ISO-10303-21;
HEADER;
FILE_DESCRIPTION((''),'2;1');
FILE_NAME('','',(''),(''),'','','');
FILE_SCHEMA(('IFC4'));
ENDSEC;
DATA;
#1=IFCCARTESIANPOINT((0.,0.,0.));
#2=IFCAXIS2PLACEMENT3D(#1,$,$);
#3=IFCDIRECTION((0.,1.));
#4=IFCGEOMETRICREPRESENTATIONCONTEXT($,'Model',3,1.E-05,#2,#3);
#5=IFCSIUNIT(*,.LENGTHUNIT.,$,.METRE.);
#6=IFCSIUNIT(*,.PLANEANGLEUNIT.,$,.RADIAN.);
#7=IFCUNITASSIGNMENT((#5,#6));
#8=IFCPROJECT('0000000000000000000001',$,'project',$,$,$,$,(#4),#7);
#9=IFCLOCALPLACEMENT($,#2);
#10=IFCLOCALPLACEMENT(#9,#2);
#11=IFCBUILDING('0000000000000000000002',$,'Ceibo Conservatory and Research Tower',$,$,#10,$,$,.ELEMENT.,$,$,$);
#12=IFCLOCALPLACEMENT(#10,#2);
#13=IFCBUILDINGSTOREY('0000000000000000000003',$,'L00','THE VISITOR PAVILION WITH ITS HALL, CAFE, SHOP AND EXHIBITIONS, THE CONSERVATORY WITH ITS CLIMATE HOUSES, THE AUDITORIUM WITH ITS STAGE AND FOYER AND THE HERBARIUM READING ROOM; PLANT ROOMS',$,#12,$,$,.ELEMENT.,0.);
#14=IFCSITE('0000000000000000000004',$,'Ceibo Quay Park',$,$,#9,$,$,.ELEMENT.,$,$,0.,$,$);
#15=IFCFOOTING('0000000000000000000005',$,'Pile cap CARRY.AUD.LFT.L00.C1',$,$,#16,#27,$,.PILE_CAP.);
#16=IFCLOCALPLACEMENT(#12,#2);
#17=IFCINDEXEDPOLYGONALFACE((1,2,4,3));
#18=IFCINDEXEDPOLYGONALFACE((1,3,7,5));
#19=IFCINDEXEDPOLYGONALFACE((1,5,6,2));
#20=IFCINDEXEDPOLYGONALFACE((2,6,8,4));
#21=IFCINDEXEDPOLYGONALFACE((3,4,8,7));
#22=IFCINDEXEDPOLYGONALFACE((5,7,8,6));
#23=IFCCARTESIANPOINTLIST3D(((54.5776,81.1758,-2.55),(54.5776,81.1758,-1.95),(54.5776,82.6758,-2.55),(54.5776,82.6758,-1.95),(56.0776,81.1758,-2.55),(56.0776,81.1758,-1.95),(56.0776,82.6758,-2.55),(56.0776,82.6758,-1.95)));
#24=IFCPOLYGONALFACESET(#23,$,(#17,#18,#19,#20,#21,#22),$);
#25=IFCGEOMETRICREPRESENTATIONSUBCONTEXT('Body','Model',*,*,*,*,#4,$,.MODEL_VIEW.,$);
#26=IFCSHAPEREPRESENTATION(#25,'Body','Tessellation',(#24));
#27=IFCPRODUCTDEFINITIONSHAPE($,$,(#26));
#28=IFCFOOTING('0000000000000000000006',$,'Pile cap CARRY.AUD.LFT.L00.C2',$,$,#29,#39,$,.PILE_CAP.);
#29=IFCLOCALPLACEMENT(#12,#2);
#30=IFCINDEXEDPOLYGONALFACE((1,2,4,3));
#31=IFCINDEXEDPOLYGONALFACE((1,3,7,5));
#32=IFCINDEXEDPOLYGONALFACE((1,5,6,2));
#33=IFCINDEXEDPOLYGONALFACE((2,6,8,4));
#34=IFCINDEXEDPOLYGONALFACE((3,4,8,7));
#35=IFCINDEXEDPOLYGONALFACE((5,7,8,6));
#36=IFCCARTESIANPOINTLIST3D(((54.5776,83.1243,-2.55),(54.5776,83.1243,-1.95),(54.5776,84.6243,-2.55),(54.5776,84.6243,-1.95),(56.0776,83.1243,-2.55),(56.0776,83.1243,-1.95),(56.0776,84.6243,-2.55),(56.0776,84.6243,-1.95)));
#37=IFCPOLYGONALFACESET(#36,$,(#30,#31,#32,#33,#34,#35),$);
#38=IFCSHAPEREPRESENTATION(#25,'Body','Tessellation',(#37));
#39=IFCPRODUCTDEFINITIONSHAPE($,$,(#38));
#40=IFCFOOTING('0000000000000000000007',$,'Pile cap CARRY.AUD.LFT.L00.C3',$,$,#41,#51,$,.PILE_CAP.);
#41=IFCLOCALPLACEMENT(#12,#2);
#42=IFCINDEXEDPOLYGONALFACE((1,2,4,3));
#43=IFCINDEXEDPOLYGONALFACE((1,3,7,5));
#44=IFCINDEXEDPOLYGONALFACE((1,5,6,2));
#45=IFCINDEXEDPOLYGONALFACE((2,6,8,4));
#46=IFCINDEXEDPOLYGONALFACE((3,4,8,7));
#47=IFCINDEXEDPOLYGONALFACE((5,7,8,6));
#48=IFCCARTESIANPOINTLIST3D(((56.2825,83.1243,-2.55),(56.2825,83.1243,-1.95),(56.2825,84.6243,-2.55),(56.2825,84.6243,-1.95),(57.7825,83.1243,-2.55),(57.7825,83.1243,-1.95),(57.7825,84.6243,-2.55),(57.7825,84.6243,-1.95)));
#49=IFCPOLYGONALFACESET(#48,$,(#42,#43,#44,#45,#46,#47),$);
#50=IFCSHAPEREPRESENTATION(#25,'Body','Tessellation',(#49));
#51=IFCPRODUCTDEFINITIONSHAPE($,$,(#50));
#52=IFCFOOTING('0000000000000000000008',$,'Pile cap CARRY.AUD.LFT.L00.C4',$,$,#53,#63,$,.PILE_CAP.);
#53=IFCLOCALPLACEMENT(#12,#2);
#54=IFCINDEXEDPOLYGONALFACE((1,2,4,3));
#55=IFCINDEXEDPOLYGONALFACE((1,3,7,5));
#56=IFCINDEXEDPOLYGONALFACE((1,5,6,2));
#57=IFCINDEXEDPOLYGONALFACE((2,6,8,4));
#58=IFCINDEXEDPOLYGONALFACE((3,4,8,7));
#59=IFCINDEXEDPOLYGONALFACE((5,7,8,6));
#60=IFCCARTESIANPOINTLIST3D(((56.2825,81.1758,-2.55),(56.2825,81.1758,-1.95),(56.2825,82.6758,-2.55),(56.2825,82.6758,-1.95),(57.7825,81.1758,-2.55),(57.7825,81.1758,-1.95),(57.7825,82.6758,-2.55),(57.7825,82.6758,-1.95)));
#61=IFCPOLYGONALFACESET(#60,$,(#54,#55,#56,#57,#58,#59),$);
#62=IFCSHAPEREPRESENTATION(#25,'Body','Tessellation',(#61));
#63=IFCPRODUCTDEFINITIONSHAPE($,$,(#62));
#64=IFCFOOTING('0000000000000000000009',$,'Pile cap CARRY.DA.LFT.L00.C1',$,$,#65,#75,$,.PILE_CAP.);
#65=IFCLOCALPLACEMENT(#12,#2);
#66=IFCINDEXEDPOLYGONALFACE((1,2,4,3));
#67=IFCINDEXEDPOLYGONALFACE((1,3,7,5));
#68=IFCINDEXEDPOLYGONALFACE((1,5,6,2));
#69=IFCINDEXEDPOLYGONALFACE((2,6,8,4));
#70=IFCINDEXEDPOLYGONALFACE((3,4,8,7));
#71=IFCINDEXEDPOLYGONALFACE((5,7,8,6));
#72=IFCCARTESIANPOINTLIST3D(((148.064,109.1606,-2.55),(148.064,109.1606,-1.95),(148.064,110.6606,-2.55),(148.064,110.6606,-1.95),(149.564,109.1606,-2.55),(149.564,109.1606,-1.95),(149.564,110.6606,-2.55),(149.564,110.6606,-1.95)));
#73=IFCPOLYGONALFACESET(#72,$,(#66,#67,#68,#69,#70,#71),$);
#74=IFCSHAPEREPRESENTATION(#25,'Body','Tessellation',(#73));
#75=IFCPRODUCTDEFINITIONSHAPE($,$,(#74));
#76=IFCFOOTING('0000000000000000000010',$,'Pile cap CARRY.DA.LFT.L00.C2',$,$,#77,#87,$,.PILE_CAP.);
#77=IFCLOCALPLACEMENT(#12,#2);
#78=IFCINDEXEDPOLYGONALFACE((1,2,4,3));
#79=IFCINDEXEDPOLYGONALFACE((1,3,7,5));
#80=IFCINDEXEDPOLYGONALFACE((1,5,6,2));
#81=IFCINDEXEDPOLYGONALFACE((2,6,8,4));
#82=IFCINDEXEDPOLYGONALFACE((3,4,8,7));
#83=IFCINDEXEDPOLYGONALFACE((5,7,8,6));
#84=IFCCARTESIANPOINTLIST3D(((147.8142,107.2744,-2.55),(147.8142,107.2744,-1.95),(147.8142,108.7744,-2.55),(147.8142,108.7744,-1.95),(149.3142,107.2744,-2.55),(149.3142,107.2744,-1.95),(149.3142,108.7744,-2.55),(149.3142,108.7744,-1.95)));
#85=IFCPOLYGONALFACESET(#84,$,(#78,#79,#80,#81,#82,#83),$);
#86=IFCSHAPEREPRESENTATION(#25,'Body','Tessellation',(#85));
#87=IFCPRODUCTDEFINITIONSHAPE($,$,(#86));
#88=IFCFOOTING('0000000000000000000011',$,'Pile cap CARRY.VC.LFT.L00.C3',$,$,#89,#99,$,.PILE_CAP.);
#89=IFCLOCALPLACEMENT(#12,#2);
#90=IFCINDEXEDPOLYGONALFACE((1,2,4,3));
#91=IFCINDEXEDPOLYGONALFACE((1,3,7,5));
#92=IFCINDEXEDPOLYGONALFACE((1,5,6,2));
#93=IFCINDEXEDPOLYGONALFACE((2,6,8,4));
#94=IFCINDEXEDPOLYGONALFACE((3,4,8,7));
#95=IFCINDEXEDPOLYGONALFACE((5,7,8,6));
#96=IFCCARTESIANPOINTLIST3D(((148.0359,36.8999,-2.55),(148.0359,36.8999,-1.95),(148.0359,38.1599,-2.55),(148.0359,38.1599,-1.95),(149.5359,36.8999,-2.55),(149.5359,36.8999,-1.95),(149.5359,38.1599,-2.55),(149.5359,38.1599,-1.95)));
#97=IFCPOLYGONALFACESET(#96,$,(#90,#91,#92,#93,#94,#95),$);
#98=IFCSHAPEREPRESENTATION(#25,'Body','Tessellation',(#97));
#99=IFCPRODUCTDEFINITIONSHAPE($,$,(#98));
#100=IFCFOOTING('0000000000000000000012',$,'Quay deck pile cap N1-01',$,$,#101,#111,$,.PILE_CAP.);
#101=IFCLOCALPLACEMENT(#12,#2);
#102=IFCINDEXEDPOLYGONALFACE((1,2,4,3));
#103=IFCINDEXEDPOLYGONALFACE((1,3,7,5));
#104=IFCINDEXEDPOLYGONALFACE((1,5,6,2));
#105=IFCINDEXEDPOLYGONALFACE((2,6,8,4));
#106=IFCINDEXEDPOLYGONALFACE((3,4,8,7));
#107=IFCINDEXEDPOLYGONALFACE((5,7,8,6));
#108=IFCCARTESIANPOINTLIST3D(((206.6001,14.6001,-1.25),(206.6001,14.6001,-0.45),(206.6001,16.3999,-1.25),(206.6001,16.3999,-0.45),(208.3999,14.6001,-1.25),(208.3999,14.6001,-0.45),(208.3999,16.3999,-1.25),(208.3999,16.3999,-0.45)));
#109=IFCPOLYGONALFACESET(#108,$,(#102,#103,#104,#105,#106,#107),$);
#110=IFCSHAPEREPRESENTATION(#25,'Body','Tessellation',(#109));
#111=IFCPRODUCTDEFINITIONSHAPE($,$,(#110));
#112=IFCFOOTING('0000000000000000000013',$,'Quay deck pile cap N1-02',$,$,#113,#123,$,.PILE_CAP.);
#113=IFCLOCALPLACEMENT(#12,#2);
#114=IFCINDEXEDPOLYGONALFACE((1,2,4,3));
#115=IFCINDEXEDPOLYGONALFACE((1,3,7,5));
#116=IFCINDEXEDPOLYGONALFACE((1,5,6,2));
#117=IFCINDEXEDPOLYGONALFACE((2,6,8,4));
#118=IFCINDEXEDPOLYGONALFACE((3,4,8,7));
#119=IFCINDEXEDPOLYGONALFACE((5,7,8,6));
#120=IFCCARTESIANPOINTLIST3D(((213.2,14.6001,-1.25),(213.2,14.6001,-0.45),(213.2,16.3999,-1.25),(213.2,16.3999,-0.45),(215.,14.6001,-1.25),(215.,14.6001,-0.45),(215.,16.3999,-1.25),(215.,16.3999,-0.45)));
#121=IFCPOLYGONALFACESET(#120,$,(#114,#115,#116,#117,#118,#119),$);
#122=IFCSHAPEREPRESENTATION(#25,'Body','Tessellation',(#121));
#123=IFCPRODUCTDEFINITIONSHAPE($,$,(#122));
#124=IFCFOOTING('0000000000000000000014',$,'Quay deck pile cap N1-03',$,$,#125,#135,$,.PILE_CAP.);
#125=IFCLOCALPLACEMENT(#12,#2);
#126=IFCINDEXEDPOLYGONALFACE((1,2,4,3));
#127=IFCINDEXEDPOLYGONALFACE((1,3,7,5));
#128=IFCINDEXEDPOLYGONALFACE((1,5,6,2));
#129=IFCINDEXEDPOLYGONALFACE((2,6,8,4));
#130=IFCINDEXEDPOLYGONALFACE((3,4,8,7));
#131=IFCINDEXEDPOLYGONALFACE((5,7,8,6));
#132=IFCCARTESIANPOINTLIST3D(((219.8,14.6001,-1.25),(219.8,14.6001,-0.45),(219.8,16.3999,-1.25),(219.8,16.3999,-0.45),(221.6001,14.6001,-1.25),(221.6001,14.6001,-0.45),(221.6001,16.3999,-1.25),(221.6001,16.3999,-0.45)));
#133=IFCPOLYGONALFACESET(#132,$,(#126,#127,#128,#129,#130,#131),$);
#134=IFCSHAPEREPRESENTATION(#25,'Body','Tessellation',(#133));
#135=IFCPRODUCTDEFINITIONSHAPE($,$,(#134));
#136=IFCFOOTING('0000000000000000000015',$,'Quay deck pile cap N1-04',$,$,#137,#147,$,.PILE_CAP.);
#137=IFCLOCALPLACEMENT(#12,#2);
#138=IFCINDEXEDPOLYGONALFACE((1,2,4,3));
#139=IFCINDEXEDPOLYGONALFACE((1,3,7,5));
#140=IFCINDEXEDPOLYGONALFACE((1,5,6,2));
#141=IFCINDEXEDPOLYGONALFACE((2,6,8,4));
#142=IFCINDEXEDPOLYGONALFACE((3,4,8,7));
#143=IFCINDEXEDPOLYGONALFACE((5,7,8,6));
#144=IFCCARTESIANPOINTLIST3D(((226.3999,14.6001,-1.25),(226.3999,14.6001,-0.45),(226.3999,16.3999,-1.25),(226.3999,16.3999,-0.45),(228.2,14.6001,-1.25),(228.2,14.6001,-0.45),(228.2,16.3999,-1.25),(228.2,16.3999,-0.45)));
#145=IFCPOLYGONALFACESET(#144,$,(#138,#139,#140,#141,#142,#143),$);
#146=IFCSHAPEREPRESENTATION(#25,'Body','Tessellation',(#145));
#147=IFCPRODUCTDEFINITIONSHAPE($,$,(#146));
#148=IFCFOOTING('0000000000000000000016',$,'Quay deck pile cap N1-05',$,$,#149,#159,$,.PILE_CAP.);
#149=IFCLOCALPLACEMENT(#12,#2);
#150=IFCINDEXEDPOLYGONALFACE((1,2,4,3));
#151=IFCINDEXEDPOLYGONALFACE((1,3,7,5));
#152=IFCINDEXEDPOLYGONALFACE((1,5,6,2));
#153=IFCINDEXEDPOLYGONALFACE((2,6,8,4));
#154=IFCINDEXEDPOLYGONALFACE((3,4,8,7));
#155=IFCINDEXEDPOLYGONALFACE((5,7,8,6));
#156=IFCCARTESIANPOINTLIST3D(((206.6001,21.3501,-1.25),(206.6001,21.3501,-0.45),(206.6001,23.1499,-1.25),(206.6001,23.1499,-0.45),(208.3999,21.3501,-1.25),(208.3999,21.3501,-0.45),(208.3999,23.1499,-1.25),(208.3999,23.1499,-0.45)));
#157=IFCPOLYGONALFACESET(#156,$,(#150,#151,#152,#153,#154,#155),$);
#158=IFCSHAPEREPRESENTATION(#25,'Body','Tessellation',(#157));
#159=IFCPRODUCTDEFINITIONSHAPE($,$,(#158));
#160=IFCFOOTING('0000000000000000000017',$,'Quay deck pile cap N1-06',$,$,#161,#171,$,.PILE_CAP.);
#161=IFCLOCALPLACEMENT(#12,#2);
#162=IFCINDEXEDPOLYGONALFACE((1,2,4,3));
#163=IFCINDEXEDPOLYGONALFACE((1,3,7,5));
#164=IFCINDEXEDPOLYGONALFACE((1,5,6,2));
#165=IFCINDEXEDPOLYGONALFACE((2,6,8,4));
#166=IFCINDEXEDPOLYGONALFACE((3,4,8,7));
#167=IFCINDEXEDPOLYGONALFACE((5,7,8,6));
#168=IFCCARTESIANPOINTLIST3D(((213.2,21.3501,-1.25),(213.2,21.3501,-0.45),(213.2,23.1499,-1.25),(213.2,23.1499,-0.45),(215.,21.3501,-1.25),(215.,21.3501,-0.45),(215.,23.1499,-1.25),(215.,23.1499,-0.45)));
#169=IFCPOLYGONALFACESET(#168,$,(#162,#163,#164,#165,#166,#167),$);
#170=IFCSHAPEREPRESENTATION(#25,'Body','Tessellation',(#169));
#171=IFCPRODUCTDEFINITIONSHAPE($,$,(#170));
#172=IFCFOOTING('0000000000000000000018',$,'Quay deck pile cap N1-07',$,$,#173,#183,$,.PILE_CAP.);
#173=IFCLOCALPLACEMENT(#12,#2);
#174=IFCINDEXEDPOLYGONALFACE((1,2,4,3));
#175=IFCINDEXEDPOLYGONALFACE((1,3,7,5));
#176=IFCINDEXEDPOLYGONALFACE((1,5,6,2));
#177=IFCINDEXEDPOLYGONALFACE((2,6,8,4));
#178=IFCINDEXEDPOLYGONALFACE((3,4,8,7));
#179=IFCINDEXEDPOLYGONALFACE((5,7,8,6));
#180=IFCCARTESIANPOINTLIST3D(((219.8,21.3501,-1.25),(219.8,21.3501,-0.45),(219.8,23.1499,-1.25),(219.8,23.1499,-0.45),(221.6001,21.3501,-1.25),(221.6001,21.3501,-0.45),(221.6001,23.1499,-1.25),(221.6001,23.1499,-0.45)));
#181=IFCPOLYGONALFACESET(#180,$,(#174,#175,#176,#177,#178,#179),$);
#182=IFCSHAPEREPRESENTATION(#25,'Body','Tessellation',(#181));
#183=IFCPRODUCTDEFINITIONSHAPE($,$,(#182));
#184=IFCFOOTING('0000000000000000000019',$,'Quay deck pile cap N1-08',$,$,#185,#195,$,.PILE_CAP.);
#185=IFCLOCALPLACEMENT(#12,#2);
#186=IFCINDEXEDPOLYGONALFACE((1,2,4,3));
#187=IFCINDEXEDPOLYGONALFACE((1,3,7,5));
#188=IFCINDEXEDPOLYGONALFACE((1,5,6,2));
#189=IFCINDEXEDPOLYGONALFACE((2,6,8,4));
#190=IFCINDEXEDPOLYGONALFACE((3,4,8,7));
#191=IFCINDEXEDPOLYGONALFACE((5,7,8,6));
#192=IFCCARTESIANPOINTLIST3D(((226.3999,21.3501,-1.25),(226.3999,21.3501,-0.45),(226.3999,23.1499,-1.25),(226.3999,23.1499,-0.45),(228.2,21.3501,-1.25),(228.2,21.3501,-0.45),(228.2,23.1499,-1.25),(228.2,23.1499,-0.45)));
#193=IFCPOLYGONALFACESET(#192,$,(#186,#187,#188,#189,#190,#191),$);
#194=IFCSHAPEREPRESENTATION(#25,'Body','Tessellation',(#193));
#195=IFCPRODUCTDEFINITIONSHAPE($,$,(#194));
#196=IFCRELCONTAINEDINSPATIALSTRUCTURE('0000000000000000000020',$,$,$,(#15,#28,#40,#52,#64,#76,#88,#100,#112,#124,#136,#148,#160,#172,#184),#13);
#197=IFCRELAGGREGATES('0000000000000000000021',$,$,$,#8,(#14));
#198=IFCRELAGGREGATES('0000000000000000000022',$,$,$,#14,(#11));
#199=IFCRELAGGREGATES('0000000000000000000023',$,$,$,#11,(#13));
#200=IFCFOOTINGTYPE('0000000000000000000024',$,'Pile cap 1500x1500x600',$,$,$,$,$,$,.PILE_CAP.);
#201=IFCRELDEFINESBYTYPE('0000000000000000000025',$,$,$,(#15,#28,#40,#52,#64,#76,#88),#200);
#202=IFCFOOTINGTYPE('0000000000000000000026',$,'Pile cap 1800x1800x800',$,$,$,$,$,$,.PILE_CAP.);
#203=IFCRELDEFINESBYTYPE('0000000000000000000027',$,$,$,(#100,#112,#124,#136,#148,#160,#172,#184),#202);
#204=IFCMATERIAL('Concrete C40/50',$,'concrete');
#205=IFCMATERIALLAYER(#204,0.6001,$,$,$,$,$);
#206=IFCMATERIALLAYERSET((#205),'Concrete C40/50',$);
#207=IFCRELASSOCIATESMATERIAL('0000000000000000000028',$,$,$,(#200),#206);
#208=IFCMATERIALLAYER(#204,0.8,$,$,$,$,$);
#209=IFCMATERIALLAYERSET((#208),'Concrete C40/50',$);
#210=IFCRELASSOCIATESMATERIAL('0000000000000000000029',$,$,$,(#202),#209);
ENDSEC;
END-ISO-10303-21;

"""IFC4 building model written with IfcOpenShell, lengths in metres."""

from ifc_helpers import new_model, si_unit, direction, frame, origin, place, context, subcontext, project, spatial, polyline, outline, extrude, material, layer, layer_set, type_object, element, save


model = new_model("IFC4")

# Units and contexts
model_context = context("Model", 3, precision=1e-05, world=origin(), true_north=direction((0.0, 1.0)))
body_context = subcontext(model_context, "Body", "Model", "MODEL_VIEW")
ifc_project = project(units=[si_unit("LENGTHUNIT", "METRE"), si_unit("PLANEANGLEUNIT", "RADIAN")], contexts=[model_context])

# Site, building, storey
site_placement = place(None, origin())
site = spatial("IfcSite", under=ifc_project, at=site_placement, Name="Ceibo Quay Park", CompositionType="ELEMENT", RefElevation=0.0)
building_placement = place(site_placement, origin())
building = spatial("IfcBuilding", under=site, at=building_placement, Name="Ceibo Conservatory and Research Tower", CompositionType="ELEMENT")
storey_placement = place(building_placement, origin())
storey = spatial("IfcBuildingStorey", under=building, at=storey_placement, Name="L00", Description="THE VISITOR PAVILION WITH ITS HALL, CAFE, SHOP AND EXHIBITIONS, THE CONSERVATORY WITH ITS CLIMATE HOUSES, THE AUDITORIUM WITH ITS STAGE AND FOYER AND THE HERBARIUM READING ROOM; PLANT ROOMS", CompositionType="ELEMENT", Elevation=0.0)

# Footings
ifc_material = material(Name="Concrete C40/50", Category="concrete")
ifc_layer_1 = layer(ifc_material, 0.6001)
ifc_layer_set_1 = layer_set([ifc_layer_1], Name="Concrete C40/50")
footing_type_1 = type_object("IfcFootingType", Name="Pile cap 1500x1500x600", PredefinedType="PILE_CAP", material=ifc_layer_set_1)
footing_1_placement = place(storey_placement, frame((0.0, 0.0, -2.55)))
element("IfcFooting", 1, at=footing_1_placement, inside=storey, type_object=footing_type_1, Name="Pile cap CARRY.AUD.LFT.L00.C1", PredefinedType="PILE_CAP", context=body_context, shape_type="SweptSolid", body=[
    extrude(outline(polyline([(56.0776, 81.1758), (56.0776, 82.6758), (54.5776, 82.6758), (54.5776, 81.1758), (56.0776, 81.1758)])), origin(), (0.0, 0.0, 1.0), 0.6001),
])
footing_2_placement = place(storey_placement, frame((0.0, 0.0, -2.55)))
element("IfcFooting", 2, at=footing_2_placement, inside=storey, type_object=footing_type_1, Name="Pile cap CARRY.AUD.LFT.L00.C2", PredefinedType="PILE_CAP", context=body_context, shape_type="SweptSolid", body=[
    extrude(outline(polyline([(56.0776, 83.1243), (56.0776, 84.6243), (54.5776, 84.6243), (54.5776, 83.1243), (56.0776, 83.1243)])), origin(), (0.0, 0.0, 1.0), 0.6001),
])
footing_3_placement = place(storey_placement, frame((0.0, 0.0, -2.55)))
element("IfcFooting", 3, at=footing_3_placement, inside=storey, type_object=footing_type_1, Name="Pile cap CARRY.AUD.LFT.L00.C3", PredefinedType="PILE_CAP", context=body_context, shape_type="SweptSolid", body=[
    extrude(outline(polyline([(57.7825, 83.1243), (57.7825, 84.6243), (56.2825, 84.6243), (56.2825, 83.1243), (57.7825, 83.1243)])), origin(), (0.0, 0.0, 1.0), 0.6001),
])
footing_4_placement = place(storey_placement, frame((0.0, 0.0, -2.55)))
element("IfcFooting", 4, at=footing_4_placement, inside=storey, type_object=footing_type_1, Name="Pile cap CARRY.AUD.LFT.L00.C4", PredefinedType="PILE_CAP", context=body_context, shape_type="SweptSolid", body=[
    extrude(outline(polyline([(57.7825, 81.1758), (57.7825, 82.6758), (56.2825, 82.6758), (56.2825, 81.1758), (57.7825, 81.1758)])), origin(), (0.0, 0.0, 1.0), 0.6001),
])
footing_5_placement = place(storey_placement, frame((0.0, 0.0, -2.55)))
element("IfcFooting", 5, at=footing_5_placement, inside=storey, type_object=footing_type_1, Name="Pile cap CARRY.DA.LFT.L00.C1", PredefinedType="PILE_CAP", context=body_context, shape_type="SweptSolid", body=[
    extrude(outline(polyline([(149.564, 109.1606), (149.564, 110.6606), (148.064, 110.6606), (148.064, 109.1606), (149.564, 109.1606)])), origin(), (0.0, 0.0, 1.0), 0.6001),
])
footing_6_placement = place(storey_placement, frame((0.0, 0.0, -2.55)))
element("IfcFooting", 6, at=footing_6_placement, inside=storey, type_object=footing_type_1, Name="Pile cap CARRY.DA.LFT.L00.C2", PredefinedType="PILE_CAP", context=body_context, shape_type="SweptSolid", body=[
    extrude(outline(polyline([(149.3142, 107.2744), (149.3142, 108.7744), (147.8142, 108.7744), (147.8142, 107.2744), (149.3142, 107.2744)])), origin(), (0.0, 0.0, 1.0), 0.6001),
])
footing_7_placement = place(storey_placement, frame((0.0, 0.0, -2.55)))
element("IfcFooting", 7, at=footing_7_placement, inside=storey, type_object=footing_type_1, Name="Pile cap CARRY.VC.LFT.L00.C3", PredefinedType="PILE_CAP", context=body_context, shape_type="SweptSolid", body=[
    extrude(outline(polyline([(148.0359, 38.1599), (149.5359, 38.1599), (149.5359, 36.8999), (148.0359, 36.8999), (148.0359, 38.1599)])), origin(), (0.0, 0.0, 1.0), 0.6001),
])
ifc_layer_2 = layer(ifc_material, 0.8)
ifc_layer_set_2 = layer_set([ifc_layer_2], Name="Concrete C40/50")
footing_type_2 = type_object("IfcFootingType", Name="Pile cap 1800x1800x800", PredefinedType="PILE_CAP", material=ifc_layer_set_2)
footing_8_placement = place(storey_placement, frame((0.0, 0.0, -1.25)))
element("IfcFooting", 8, at=footing_8_placement, inside=storey, type_object=footing_type_2, Name="Quay deck pile cap N1-01", PredefinedType="PILE_CAP", context=body_context, shape_type="SweptSolid", body=[
    extrude(outline(polyline([(206.6001, 14.6001), (208.3999, 14.6001), (208.3999, 16.3999), (206.6001, 16.3999), (206.6001, 14.6001)])), origin(), (0.0, 0.0, 1.0), 0.8),
])
footing_9_placement = place(storey_placement, frame((0.0, 0.0, -1.25)))
element("IfcFooting", 9, at=footing_9_placement, inside=storey, type_object=footing_type_2, Name="Quay deck pile cap N1-02", PredefinedType="PILE_CAP", context=body_context, shape_type="SweptSolid", body=[
    extrude(outline(polyline([(213.2, 14.6001), (215.0, 14.6001), (215.0, 16.3999), (213.2, 16.3999), (213.2, 14.6001)])), origin(), (0.0, 0.0, 1.0), 0.8),
])
footing_10_placement = place(storey_placement, frame((0.0, 0.0, -1.25)))
element("IfcFooting", 10, at=footing_10_placement, inside=storey, type_object=footing_type_2, Name="Quay deck pile cap N1-03", PredefinedType="PILE_CAP", context=body_context, shape_type="SweptSolid", body=[
    extrude(outline(polyline([(219.8, 14.6001), (221.6001, 14.6001), (221.6001, 16.3999), (219.8, 16.3999), (219.8, 14.6001)])), origin(), (0.0, 0.0, 1.0), 0.8),
])
footing_11_placement = place(storey_placement, frame((0.0, 0.0, -1.25)))
element("IfcFooting", 11, at=footing_11_placement, inside=storey, type_object=footing_type_2, Name="Quay deck pile cap N1-04", PredefinedType="PILE_CAP", context=body_context, shape_type="SweptSolid", body=[
    extrude(outline(polyline([(226.3999, 14.6001), (228.2, 14.6001), (228.2, 16.3999), (226.3999, 16.3999), (226.3999, 14.6001)])), origin(), (0.0, 0.0, 1.0), 0.8),
])
footing_12_placement = place(storey_placement, frame((0.0, 0.0, -1.25)))
element("IfcFooting", 12, at=footing_12_placement, inside=storey, type_object=footing_type_2, Name="Quay deck pile cap N1-05", PredefinedType="PILE_CAP", context=body_context, shape_type="SweptSolid", body=[
    extrude(outline(polyline([(206.6001, 21.3501), (208.3999, 21.3501), (208.3999, 23.1499), (206.6001, 23.1499), (206.6001, 21.3501)])), origin(), (0.0, 0.0, 1.0), 0.8),
])
footing_13_placement = place(storey_placement, frame((0.0, 0.0, -1.25)))
element("IfcFooting", 13, at=footing_13_placement, inside=storey, type_object=footing_type_2, Name="Quay deck pile cap N1-06", PredefinedType="PILE_CAP", context=body_context, shape_type="SweptSolid", body=[
    extrude(outline(polyline([(213.2, 21.3501), (215.0, 21.3501), (215.0, 23.1499), (213.2, 23.1499), (213.2, 21.3501)])), origin(), (0.0, 0.0, 1.0), 0.8),
])
footing_14_placement = place(storey_placement, frame((0.0, 0.0, -1.25)))
element("IfcFooting", 14, at=footing_14_placement, inside=storey, type_object=footing_type_2, Name="Quay deck pile cap N1-07", PredefinedType="PILE_CAP", context=body_context, shape_type="SweptSolid", body=[
    extrude(outline(polyline([(219.8, 21.3501), (221.6001, 21.3501), (221.6001, 23.1499), (219.8, 23.1499), (219.8, 21.3501)])), origin(), (0.0, 0.0, 1.0), 0.8),
])
footing_15_placement = place(storey_placement, frame((0.0, 0.0, -1.25)))
element("IfcFooting", 15, at=footing_15_placement, inside=storey, type_object=footing_type_2, Name="Quay deck pile cap N1-08", PredefinedType="PILE_CAP", context=body_context, shape_type="SweptSolid", body=[
    extrude(outline(polyline([(226.3999, 21.3501), (228.2, 21.3501), (228.2, 23.1499), (226.3999, 23.1499), (226.3999, 21.3501)])), origin(), (0.0, 0.0, 1.0), 0.8),
])

save(model, "model.ifc")
